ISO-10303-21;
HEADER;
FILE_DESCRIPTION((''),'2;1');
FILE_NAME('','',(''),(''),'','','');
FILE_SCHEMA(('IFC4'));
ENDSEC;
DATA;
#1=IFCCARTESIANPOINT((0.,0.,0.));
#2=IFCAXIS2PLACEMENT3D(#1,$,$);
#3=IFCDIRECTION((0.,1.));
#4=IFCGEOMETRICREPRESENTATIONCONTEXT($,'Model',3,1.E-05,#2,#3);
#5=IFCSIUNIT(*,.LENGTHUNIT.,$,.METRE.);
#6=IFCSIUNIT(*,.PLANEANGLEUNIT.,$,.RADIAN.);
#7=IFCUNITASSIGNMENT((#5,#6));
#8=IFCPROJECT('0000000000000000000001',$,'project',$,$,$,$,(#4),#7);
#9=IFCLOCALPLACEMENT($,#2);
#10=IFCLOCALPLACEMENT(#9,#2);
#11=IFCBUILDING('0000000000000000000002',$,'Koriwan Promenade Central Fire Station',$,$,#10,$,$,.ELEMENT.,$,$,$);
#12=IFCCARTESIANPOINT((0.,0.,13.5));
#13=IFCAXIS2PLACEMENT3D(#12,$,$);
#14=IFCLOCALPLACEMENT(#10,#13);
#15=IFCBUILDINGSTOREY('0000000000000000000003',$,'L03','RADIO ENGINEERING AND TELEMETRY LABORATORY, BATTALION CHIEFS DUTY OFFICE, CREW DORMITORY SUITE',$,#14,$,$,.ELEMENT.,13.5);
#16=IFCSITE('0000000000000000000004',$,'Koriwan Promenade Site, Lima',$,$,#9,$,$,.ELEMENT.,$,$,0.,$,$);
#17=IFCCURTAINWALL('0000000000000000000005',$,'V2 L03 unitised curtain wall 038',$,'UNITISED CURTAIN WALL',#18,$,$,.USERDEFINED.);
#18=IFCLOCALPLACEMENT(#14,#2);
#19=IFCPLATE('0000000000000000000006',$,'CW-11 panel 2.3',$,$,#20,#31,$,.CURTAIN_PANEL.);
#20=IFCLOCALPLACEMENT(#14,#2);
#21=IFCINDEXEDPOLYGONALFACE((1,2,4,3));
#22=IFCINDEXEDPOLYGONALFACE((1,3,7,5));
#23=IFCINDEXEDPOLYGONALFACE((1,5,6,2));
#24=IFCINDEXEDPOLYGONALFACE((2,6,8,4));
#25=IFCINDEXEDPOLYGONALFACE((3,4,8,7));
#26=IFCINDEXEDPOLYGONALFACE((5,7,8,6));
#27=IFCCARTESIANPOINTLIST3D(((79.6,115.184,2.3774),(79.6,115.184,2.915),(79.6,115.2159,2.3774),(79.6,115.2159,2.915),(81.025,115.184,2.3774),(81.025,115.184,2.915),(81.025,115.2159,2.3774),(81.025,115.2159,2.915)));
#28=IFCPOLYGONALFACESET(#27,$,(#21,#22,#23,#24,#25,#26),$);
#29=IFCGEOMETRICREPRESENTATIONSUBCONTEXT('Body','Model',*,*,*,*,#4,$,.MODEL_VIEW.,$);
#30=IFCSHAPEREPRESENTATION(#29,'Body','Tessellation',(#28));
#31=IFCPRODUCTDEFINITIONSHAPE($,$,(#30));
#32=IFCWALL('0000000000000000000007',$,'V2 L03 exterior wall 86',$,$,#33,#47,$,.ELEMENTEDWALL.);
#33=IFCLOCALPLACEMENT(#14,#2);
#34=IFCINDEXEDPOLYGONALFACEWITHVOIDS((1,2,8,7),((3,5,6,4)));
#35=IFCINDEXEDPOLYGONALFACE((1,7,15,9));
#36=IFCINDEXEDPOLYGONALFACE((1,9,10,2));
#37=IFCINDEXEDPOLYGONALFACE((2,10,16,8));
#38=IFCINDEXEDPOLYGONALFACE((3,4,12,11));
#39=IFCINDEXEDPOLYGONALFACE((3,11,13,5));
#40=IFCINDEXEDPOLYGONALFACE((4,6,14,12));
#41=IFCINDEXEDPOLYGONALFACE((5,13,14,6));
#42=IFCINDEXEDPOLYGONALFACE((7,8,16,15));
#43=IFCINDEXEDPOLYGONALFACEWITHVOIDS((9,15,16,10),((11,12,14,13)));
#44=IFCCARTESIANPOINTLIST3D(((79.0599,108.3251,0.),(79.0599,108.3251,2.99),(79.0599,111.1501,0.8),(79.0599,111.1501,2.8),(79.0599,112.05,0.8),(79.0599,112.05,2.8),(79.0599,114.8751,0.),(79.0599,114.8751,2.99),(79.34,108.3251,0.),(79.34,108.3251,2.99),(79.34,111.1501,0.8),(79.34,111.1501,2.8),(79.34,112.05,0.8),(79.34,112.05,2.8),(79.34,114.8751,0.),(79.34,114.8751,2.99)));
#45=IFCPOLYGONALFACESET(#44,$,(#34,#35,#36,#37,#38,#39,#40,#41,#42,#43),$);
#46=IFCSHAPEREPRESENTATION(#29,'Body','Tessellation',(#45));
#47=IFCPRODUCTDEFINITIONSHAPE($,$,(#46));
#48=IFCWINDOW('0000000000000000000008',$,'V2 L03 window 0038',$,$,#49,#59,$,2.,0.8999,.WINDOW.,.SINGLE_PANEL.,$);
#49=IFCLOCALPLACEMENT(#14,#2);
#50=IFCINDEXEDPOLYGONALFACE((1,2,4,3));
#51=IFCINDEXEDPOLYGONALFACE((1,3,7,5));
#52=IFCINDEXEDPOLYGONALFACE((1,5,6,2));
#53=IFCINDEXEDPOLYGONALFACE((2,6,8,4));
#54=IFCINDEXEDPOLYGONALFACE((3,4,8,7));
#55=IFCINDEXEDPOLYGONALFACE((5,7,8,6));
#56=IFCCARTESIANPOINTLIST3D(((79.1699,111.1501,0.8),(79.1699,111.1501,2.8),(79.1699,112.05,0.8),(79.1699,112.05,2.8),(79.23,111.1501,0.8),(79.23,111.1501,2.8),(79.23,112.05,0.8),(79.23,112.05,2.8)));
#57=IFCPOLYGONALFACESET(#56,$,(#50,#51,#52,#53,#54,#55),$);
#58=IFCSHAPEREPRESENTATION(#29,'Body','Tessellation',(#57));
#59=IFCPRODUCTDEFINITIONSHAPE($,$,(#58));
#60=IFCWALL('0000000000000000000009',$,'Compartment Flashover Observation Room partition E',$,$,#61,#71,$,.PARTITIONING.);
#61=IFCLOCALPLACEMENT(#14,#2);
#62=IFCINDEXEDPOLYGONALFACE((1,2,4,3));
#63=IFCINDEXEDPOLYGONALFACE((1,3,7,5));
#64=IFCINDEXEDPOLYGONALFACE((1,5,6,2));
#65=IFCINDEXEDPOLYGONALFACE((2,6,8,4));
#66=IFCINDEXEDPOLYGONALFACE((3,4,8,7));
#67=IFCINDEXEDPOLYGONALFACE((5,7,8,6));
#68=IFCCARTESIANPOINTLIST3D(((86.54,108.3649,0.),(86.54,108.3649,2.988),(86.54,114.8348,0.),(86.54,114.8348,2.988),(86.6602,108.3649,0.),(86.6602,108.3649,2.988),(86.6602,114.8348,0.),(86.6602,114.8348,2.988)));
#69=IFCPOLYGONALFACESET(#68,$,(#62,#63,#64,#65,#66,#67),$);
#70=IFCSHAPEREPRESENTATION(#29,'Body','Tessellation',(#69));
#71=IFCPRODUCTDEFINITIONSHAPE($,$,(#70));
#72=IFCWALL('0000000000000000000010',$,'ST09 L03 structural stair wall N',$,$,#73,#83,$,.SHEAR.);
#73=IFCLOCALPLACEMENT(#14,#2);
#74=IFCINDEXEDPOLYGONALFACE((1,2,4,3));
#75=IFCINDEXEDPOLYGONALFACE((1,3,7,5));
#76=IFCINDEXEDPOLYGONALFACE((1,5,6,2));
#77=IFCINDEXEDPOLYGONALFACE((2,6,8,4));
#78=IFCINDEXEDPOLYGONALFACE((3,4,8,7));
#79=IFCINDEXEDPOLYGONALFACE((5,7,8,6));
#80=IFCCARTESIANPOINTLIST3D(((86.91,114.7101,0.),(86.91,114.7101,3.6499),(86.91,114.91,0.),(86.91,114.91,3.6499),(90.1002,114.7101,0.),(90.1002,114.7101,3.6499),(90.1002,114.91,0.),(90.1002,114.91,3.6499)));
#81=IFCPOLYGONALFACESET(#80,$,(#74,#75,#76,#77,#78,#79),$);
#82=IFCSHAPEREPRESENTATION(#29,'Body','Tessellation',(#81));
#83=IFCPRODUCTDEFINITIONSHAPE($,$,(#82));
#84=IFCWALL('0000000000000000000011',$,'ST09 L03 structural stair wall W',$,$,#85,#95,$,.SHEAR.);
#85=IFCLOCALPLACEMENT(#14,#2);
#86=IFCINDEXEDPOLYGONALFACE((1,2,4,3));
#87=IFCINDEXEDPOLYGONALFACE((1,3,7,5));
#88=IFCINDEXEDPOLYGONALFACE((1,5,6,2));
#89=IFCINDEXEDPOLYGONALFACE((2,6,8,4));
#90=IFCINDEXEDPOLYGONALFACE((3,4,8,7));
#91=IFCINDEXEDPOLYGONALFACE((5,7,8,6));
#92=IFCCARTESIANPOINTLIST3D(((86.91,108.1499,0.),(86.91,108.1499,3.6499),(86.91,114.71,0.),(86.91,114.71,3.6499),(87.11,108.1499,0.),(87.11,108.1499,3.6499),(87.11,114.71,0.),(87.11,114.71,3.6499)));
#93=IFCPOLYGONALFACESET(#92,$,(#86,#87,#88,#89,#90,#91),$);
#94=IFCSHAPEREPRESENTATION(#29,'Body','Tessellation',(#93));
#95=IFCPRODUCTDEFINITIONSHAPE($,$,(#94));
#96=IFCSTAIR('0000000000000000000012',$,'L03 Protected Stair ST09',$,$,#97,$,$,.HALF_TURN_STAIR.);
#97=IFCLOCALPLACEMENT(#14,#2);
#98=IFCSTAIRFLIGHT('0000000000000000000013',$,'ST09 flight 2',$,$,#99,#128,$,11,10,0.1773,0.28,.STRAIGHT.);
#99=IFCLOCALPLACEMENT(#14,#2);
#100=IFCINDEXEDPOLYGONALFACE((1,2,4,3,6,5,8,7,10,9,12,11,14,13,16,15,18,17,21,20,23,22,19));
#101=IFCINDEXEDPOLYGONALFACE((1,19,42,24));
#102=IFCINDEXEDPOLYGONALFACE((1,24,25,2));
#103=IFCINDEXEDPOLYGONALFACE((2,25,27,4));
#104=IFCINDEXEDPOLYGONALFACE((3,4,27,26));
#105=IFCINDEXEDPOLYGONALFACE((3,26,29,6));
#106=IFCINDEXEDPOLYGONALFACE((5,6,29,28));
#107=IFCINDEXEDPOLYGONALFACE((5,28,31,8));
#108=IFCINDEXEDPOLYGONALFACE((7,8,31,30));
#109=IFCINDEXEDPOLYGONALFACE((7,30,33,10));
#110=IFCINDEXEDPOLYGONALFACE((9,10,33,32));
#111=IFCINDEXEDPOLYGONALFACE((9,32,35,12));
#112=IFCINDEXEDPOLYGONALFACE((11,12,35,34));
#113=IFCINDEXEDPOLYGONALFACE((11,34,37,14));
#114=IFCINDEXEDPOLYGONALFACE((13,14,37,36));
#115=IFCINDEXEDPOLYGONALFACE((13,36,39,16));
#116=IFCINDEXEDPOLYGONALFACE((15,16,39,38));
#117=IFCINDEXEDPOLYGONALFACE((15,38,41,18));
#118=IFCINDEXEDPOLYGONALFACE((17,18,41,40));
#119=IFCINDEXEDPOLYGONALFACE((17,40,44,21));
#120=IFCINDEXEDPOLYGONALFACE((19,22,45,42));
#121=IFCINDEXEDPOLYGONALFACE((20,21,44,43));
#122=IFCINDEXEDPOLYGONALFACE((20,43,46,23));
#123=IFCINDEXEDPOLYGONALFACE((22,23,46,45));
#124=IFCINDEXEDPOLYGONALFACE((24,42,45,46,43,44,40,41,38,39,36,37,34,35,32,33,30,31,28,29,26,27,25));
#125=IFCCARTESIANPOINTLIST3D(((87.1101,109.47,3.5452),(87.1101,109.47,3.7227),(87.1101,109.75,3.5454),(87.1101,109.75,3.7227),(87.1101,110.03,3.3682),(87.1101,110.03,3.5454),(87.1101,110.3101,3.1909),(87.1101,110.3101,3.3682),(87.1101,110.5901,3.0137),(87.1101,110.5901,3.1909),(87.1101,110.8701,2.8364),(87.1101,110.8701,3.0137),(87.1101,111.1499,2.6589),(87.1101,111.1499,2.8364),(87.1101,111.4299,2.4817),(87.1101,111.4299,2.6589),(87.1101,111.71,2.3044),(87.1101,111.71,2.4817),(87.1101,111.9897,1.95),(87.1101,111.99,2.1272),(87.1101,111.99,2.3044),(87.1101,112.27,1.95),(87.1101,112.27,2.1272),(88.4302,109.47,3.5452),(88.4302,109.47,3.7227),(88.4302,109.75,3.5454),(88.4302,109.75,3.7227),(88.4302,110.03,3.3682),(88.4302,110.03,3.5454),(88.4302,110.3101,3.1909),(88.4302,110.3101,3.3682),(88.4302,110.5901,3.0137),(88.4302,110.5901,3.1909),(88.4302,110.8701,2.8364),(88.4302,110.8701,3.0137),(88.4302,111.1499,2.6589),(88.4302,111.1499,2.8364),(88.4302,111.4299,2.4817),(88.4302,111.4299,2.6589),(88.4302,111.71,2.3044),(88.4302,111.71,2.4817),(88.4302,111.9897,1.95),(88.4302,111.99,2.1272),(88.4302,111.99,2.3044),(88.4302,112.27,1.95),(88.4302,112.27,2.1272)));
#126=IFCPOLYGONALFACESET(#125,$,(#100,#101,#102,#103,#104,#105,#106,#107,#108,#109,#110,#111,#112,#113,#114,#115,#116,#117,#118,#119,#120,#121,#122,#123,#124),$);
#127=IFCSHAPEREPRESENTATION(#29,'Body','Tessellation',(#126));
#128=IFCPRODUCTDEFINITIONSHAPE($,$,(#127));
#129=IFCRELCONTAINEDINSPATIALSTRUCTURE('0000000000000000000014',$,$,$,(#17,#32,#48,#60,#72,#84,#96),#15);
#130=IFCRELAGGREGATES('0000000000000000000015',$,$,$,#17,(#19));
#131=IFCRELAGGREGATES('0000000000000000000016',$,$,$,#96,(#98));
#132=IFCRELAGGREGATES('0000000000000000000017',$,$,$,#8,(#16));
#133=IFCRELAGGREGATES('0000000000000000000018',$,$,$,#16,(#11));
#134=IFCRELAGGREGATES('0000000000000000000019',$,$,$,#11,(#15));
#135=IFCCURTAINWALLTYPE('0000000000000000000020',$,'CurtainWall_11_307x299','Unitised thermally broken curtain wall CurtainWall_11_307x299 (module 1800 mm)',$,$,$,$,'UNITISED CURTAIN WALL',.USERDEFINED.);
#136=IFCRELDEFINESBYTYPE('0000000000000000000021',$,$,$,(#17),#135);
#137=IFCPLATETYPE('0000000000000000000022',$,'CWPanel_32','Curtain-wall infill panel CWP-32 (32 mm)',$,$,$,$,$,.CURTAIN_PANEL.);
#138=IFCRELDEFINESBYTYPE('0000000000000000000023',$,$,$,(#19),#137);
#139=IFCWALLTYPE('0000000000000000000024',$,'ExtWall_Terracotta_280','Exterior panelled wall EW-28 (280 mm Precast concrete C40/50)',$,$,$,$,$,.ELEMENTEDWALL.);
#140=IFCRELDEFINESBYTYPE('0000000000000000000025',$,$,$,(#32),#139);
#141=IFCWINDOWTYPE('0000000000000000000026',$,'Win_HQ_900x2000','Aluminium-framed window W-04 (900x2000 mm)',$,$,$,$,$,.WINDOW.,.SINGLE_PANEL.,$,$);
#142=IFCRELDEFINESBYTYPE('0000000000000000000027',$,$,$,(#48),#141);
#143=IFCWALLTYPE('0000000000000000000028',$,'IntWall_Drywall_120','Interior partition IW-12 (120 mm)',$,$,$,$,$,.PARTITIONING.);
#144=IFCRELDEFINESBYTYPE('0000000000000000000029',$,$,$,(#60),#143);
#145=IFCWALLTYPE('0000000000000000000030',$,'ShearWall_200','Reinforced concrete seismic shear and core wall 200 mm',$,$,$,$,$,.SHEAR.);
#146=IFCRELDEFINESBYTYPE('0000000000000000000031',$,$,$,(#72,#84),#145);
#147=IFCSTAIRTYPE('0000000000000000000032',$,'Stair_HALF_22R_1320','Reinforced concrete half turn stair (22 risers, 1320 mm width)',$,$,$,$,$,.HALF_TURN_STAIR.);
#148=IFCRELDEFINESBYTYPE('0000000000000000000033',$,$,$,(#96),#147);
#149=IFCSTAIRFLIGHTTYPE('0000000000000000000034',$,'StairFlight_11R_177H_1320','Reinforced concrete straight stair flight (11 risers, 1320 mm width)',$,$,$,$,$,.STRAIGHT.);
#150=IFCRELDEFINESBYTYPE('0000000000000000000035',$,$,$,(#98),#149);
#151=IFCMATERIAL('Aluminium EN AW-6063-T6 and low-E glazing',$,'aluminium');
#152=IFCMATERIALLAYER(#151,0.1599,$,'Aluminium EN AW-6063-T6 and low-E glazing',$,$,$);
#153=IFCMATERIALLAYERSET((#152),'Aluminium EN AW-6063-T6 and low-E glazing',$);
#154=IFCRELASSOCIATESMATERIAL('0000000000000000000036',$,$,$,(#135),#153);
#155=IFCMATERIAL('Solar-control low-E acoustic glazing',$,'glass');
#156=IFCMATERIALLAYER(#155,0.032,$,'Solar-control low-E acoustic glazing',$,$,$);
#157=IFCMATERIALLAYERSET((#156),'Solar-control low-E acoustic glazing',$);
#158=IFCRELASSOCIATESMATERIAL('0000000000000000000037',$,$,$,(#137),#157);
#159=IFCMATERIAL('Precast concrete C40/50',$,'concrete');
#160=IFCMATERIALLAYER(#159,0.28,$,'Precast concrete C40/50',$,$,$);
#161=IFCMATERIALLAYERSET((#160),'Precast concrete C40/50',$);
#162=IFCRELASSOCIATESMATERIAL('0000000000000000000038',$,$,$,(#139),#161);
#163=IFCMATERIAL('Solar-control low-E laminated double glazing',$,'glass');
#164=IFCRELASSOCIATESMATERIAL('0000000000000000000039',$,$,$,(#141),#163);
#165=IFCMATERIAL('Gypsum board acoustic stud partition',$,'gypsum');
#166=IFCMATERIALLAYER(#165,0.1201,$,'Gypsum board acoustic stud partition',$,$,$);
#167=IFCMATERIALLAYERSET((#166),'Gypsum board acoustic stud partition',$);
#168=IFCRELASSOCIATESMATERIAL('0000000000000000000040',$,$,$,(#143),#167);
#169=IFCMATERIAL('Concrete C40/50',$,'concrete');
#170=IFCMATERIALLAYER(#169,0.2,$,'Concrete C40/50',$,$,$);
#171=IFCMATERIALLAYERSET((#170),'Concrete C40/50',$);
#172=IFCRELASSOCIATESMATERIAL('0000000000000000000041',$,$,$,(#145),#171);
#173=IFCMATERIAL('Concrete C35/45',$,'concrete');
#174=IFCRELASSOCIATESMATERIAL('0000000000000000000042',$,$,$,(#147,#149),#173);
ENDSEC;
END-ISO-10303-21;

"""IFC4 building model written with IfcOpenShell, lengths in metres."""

from ifc_helpers import new_model, si_unit, direction, frame, frame_2d, origin, origin_2d, place, context, subcontext, project, spatial, polyline, rectangle, outline, extrude, material, layer, layer_set, type_object, element, fill, aggregate, save


model = new_model("IFC4")

# Units and contexts
model_context = context("Model", 3, precision=1e-05, world=origin(), true_north=direction((0.0, 1.0)))
body_context = subcontext(model_context, "Body", "Model", "MODEL_VIEW")
ifc_project = project(units=[si_unit("LENGTHUNIT", "METRE"), si_unit("PLANEANGLEUNIT", "RADIAN")], contexts=[model_context])

# Site, building, storey
site_placement = place(None, origin())
site = spatial("IfcSite", under=ifc_project, at=site_placement, Name="Koriwan Promenade Site, Lima", CompositionType="ELEMENT", RefElevation=0.0)
building_placement = place(site_placement, origin())
building = spatial("IfcBuilding", under=site, at=building_placement, Name="Koriwan Promenade Central Fire Station", CompositionType="ELEMENT")
storey_placement = place(building_placement, frame((0.0, 0.0, 13.5)))
storey = spatial("IfcBuildingStorey", under=building, at=storey_placement, Name="L03", Description="RADIO ENGINEERING AND TELEMETRY LABORATORY, BATTALION CHIEFS DUTY OFFICE, CREW DORMITORY SUITE", CompositionType="ELEMENT", Elevation=13.5)

# Shared definitions
ifc_material_1 = material(Name="Concrete C40/50", Category="concrete")

# Shared definitions
ifc_material_2 = material(Name="Concrete C35/45", Category="concrete")

# Curtain wall, plate
ifc_material_3 = material(Name="Aluminium EN AW-6063-T6 and low-E glazing", Category="aluminium")
ifc_layer_1 = layer(ifc_material_3, 0.1599, Name="Aluminium EN AW-6063-T6 and low-E glazing")
ifc_layer_set_1 = layer_set([ifc_layer_1], Name="Aluminium EN AW-6063-T6 and low-E glazing")
curtain_wall_type = type_object("IfcCurtainWallType", Name="CurtainWall_11_307x299", Description="Unitised thermally broken curtain wall CurtainWall_11_307x299 (module 1800 mm)", ElementType="UNITISED CURTAIN WALL", PredefinedType="USERDEFINED", material=ifc_layer_set_1)
curtain_wall_placement = place(storey_placement, origin())
curtain_wall = element("IfcCurtainWall", 1, at=curtain_wall_placement, inside=storey, type_object=curtain_wall_type, Name="V2 L03 unitised curtain wall 038", ObjectType="UNITISED CURTAIN WALL", PredefinedType="USERDEFINED")
ifc_material_4 = material(Name="Solar-control low-E acoustic glazing", Category="glass")
ifc_layer_2 = layer(ifc_material_4, 0.032, Name="Solar-control low-E acoustic glazing")
ifc_layer_set_2 = layer_set([ifc_layer_2], Name="Solar-control low-E acoustic glazing")
plate_type = type_object("IfcPlateType", Name="CWPanel_32", Description="Curtain-wall infill panel CWP-32 (32 mm)", PredefinedType="CURTAIN_PANEL", material=ifc_layer_set_2)
plate_1_placement = place(storey_placement, frame((80.3125, 115.2, 2.3774), z_axis=(0.0, 0.0, 1.0), x_axis=(-1.0, 0.0, 0.0)))
plate_1 = element("IfcPlate", 2, at=plate_1_placement, type_object=plate_type, Name="CW-11 panel 2.3", PredefinedType="CURTAIN_PANEL", context=body_context, shape_type="SweptSolid", body=[
    extrude(rectangle(XDim=1.425, YDim=0.032, at=origin_2d()), origin(), (0.0, 0.0, 1.0), 0.5376),
])
aggregate(curtain_wall, [plate_1])

# Wall, opening, window
ifc_material_5 = material(Name="Precast concrete C40/50", Category="concrete")
ifc_layer_3 = layer(ifc_material_5, 0.28, Name="Precast concrete C40/50")
ifc_layer_set_3 = layer_set([ifc_layer_3], Name="Precast concrete C40/50")
wall_type_1 = type_object("IfcWallType", Name="ExtWall_Terracotta_280", Description="Exterior panelled wall EW-28 (280 mm Precast concrete C40/50)", PredefinedType="ELEMENTEDWALL", material=ifc_layer_set_3)
wall_1_placement = place(storey_placement, frame((79.2, 114.875, 0.0), z_axis=(0.0, 0.0, 1.0), x_axis=(0.0, -1.0, 0.0)))
wall_1 = element("IfcWall", 3, at=wall_1_placement, inside=storey, type_object=wall_type_1, Name="V2 L03 exterior wall 86", PredefinedType="ELEMENTEDWALL", context=body_context, shape_type="SweptSolid", body=[
    extrude(rectangle(XDim=6.55, YDim=0.28, at=frame_2d((3.2749, 0.0))), origin(), (0.0, 0.0, 1.0), 2.99),
])
opening_1_placement = place(wall_1_placement, frame((2.825, 0.0, 0.8)))
opening_1 = element("IfcOpeningElement", 4, at=opening_1_placement, cuts=wall_1, PredefinedType="OPENING", context=body_context, shape_type="SweptSolid", body=[
    extrude(rectangle(XDim=0.8999, YDim=2.0, at=frame_2d((0.45, 1.0))), frame((0.0, 0.1519, 0.0), z_axis=(0.0, -1.0, 0.0), x_axis=(1.0, 0.0, 0.0)), (0.0, 0.0, 1.0), 0.304),
])
ifc_material_6 = material(Name="Solar-control low-E laminated double glazing", Category="glass")
window_type = type_object("IfcWindowType", Name="Win_HQ_900x2000", Description="Aluminium-framed window W-04 (900x2000 mm)", PartitioningType="SINGLE_PANEL", PredefinedType="WINDOW", material=ifc_material_6)
window_placement = place(opening_1_placement, origin())
window = element("IfcWindow", 5, at=window_placement, inside=storey, type_object=window_type, Name="V2 L03 window 0038", OverallHeight=2.0, OverallWidth=0.8999, PartitioningType="SINGLE_PANEL", PredefinedType="WINDOW", context=body_context, shape_type="SweptSolid", body=[
    extrude(rectangle(XDim=0.8999, YDim=2.0, at=frame_2d((0.45, 1.0))), frame((0.0, 0.03, 0.0), z_axis=(0.0, -1.0, 0.0), x_axis=(1.0, 0.0, 0.0)), (0.0, 0.0, 1.0), 0.0601),
])
fill(opening_1, window)

# Wall
ifc_material_7 = material(Name="Gypsum board acoustic stud partition", Category="gypsum")
ifc_layer_4 = layer(ifc_material_7, 0.1201, Name="Gypsum board acoustic stud partition")
ifc_layer_set_4 = layer_set([ifc_layer_4], Name="Gypsum board acoustic stud partition")
wall_type_2 = type_object("IfcWallType", Name="IntWall_Drywall_120", Description="Interior partition IW-12 (120 mm)", PredefinedType="PARTITIONING", material=ifc_layer_set_4)
wall_2_placement = place(storey_placement, frame((86.6001, 108.365, 0.0), z_axis=(0.0, 0.0, 1.0), x_axis=(0.0, 1.0, 0.0)))
element("IfcWall", 6, at=wall_2_placement, inside=storey, type_object=wall_type_2, Name="Compartment Flashover Observation Room partition E", PredefinedType="PARTITIONING", context=body_context, shape_type="SweptSolid", body=[
    extrude(rectangle(XDim=6.47, YDim=0.1201, at=frame_2d((3.2349, 0.0))), origin(), (0.0, 0.0, 1.0), 2.988),
])

# Shared definitions
ifc_layer_5 = layer(ifc_material_1, 0.2, Name="Concrete C40/50")
ifc_layer_set_5 = layer_set([ifc_layer_5], Name="Concrete C40/50")
wall_type_3 = type_object("IfcWallType", Name="ShearWall_200", Description="Reinforced concrete seismic shear and core wall 200 mm", PredefinedType="SHEAR", material=ifc_layer_set_5)

# Walls
wall_3_placement = place(storey_placement, frame((86.9099, 114.8101, 0.0), z_axis=(0.0, 0.0, 1.0), x_axis=(1.0, 0.0, 0.0)))
element("IfcWall", 7, at=wall_3_placement, inside=storey, type_object=wall_type_3, Name="ST09 L03 structural stair wall N", PredefinedType="SHEAR", context=body_context, shape_type="SweptSolid", body=[
    extrude(rectangle(XDim=3.1902, YDim=0.2, at=frame_2d((1.5952, 0.0))), origin(), (0.0, 0.0, 1.0), 3.6499),
])
wall_4_placement = place(storey_placement, frame((87.01, 108.1499, 0.0), z_axis=(0.0, 0.0, 1.0), x_axis=(0.0, 1.0, 0.0)))
element("IfcWall", 8, at=wall_4_placement, inside=storey, type_object=wall_type_3, Name="ST09 L03 structural stair wall W", PredefinedType="SHEAR", context=body_context, shape_type="SweptSolid", body=[
    extrude(rectangle(XDim=6.5601, YDim=0.2, at=frame_2d((3.28, 0.0))), origin(), (0.0, 0.0, 1.0), 3.6499),
])

# Stair, stair flight
stair_type = type_object("IfcStairType", Name="Stair_HALF_22R_1320", Description="Reinforced concrete half turn stair (22 risers, 1320 mm width)", PredefinedType="HALF_TURN_STAIR", material=ifc_material_2)
stair_placement = place(storey_placement, origin())
stair = element("IfcStair", 9, at=stair_placement, inside=storey, type_object=stair_type, Name="L03 Protected Stair ST09", PredefinedType="HALF_TURN_STAIR")
stair_flight_type = type_object("IfcStairFlightType", Name="StairFlight_11R_177H_1320", Description="Reinforced concrete straight stair flight (11 risers, 1320 mm width)", PredefinedType="STRAIGHT", material=ifc_material_2)
stair_flight_placement = place(storey_placement, frame((87.77, 112.27, 1.95), z_axis=(0.0, 0.0, 1.0), x_axis=(0.0, -1.0, 0.0)))
stair_flight = element("IfcStairFlight", 10, at=stair_flight_placement, type_object=stair_flight_type, Name="ST09 flight 2", NumberOfRisers=11, NumberOfTreads=10, PredefinedType="STRAIGHT", RiserHeight=0.1773, TreadLength=0.28, context=body_context, shape_type="SweptSolid", body=[
    extrude(outline(polyline([(0.0, 0.0), (0.0, 0.1772), (0.28, 0.1772), (0.28, 0.3545), (0.5601, 0.3545), (0.5601, 0.5317), (0.8401, 0.5317), (0.8401, 0.709), (1.1201, 0.709), (1.1201, 0.8865), (1.3999, 0.8865), (1.3999, 1.0637), (1.6799, 1.0637), (1.6799, 1.241), (1.96, 1.241), (1.96, 1.4182), (2.24, 1.4182), (2.24, 1.5955), (2.52, 1.5955), (2.52, 1.7727), (2.8, 1.7727), (2.8, 1.95), (2.8, 1.5952), (0.2803, 0.0), (0.0, 0.0)])), frame((0.0, 0.6602, 0.0), z_axis=(0.0, -1.0, 0.0), x_axis=(1.0, 0.0, 0.0)), (0.0, 0.0, 1.0), 1.3201),
])
aggregate(stair, [stair_flight])

save(model, "model.ifc")
